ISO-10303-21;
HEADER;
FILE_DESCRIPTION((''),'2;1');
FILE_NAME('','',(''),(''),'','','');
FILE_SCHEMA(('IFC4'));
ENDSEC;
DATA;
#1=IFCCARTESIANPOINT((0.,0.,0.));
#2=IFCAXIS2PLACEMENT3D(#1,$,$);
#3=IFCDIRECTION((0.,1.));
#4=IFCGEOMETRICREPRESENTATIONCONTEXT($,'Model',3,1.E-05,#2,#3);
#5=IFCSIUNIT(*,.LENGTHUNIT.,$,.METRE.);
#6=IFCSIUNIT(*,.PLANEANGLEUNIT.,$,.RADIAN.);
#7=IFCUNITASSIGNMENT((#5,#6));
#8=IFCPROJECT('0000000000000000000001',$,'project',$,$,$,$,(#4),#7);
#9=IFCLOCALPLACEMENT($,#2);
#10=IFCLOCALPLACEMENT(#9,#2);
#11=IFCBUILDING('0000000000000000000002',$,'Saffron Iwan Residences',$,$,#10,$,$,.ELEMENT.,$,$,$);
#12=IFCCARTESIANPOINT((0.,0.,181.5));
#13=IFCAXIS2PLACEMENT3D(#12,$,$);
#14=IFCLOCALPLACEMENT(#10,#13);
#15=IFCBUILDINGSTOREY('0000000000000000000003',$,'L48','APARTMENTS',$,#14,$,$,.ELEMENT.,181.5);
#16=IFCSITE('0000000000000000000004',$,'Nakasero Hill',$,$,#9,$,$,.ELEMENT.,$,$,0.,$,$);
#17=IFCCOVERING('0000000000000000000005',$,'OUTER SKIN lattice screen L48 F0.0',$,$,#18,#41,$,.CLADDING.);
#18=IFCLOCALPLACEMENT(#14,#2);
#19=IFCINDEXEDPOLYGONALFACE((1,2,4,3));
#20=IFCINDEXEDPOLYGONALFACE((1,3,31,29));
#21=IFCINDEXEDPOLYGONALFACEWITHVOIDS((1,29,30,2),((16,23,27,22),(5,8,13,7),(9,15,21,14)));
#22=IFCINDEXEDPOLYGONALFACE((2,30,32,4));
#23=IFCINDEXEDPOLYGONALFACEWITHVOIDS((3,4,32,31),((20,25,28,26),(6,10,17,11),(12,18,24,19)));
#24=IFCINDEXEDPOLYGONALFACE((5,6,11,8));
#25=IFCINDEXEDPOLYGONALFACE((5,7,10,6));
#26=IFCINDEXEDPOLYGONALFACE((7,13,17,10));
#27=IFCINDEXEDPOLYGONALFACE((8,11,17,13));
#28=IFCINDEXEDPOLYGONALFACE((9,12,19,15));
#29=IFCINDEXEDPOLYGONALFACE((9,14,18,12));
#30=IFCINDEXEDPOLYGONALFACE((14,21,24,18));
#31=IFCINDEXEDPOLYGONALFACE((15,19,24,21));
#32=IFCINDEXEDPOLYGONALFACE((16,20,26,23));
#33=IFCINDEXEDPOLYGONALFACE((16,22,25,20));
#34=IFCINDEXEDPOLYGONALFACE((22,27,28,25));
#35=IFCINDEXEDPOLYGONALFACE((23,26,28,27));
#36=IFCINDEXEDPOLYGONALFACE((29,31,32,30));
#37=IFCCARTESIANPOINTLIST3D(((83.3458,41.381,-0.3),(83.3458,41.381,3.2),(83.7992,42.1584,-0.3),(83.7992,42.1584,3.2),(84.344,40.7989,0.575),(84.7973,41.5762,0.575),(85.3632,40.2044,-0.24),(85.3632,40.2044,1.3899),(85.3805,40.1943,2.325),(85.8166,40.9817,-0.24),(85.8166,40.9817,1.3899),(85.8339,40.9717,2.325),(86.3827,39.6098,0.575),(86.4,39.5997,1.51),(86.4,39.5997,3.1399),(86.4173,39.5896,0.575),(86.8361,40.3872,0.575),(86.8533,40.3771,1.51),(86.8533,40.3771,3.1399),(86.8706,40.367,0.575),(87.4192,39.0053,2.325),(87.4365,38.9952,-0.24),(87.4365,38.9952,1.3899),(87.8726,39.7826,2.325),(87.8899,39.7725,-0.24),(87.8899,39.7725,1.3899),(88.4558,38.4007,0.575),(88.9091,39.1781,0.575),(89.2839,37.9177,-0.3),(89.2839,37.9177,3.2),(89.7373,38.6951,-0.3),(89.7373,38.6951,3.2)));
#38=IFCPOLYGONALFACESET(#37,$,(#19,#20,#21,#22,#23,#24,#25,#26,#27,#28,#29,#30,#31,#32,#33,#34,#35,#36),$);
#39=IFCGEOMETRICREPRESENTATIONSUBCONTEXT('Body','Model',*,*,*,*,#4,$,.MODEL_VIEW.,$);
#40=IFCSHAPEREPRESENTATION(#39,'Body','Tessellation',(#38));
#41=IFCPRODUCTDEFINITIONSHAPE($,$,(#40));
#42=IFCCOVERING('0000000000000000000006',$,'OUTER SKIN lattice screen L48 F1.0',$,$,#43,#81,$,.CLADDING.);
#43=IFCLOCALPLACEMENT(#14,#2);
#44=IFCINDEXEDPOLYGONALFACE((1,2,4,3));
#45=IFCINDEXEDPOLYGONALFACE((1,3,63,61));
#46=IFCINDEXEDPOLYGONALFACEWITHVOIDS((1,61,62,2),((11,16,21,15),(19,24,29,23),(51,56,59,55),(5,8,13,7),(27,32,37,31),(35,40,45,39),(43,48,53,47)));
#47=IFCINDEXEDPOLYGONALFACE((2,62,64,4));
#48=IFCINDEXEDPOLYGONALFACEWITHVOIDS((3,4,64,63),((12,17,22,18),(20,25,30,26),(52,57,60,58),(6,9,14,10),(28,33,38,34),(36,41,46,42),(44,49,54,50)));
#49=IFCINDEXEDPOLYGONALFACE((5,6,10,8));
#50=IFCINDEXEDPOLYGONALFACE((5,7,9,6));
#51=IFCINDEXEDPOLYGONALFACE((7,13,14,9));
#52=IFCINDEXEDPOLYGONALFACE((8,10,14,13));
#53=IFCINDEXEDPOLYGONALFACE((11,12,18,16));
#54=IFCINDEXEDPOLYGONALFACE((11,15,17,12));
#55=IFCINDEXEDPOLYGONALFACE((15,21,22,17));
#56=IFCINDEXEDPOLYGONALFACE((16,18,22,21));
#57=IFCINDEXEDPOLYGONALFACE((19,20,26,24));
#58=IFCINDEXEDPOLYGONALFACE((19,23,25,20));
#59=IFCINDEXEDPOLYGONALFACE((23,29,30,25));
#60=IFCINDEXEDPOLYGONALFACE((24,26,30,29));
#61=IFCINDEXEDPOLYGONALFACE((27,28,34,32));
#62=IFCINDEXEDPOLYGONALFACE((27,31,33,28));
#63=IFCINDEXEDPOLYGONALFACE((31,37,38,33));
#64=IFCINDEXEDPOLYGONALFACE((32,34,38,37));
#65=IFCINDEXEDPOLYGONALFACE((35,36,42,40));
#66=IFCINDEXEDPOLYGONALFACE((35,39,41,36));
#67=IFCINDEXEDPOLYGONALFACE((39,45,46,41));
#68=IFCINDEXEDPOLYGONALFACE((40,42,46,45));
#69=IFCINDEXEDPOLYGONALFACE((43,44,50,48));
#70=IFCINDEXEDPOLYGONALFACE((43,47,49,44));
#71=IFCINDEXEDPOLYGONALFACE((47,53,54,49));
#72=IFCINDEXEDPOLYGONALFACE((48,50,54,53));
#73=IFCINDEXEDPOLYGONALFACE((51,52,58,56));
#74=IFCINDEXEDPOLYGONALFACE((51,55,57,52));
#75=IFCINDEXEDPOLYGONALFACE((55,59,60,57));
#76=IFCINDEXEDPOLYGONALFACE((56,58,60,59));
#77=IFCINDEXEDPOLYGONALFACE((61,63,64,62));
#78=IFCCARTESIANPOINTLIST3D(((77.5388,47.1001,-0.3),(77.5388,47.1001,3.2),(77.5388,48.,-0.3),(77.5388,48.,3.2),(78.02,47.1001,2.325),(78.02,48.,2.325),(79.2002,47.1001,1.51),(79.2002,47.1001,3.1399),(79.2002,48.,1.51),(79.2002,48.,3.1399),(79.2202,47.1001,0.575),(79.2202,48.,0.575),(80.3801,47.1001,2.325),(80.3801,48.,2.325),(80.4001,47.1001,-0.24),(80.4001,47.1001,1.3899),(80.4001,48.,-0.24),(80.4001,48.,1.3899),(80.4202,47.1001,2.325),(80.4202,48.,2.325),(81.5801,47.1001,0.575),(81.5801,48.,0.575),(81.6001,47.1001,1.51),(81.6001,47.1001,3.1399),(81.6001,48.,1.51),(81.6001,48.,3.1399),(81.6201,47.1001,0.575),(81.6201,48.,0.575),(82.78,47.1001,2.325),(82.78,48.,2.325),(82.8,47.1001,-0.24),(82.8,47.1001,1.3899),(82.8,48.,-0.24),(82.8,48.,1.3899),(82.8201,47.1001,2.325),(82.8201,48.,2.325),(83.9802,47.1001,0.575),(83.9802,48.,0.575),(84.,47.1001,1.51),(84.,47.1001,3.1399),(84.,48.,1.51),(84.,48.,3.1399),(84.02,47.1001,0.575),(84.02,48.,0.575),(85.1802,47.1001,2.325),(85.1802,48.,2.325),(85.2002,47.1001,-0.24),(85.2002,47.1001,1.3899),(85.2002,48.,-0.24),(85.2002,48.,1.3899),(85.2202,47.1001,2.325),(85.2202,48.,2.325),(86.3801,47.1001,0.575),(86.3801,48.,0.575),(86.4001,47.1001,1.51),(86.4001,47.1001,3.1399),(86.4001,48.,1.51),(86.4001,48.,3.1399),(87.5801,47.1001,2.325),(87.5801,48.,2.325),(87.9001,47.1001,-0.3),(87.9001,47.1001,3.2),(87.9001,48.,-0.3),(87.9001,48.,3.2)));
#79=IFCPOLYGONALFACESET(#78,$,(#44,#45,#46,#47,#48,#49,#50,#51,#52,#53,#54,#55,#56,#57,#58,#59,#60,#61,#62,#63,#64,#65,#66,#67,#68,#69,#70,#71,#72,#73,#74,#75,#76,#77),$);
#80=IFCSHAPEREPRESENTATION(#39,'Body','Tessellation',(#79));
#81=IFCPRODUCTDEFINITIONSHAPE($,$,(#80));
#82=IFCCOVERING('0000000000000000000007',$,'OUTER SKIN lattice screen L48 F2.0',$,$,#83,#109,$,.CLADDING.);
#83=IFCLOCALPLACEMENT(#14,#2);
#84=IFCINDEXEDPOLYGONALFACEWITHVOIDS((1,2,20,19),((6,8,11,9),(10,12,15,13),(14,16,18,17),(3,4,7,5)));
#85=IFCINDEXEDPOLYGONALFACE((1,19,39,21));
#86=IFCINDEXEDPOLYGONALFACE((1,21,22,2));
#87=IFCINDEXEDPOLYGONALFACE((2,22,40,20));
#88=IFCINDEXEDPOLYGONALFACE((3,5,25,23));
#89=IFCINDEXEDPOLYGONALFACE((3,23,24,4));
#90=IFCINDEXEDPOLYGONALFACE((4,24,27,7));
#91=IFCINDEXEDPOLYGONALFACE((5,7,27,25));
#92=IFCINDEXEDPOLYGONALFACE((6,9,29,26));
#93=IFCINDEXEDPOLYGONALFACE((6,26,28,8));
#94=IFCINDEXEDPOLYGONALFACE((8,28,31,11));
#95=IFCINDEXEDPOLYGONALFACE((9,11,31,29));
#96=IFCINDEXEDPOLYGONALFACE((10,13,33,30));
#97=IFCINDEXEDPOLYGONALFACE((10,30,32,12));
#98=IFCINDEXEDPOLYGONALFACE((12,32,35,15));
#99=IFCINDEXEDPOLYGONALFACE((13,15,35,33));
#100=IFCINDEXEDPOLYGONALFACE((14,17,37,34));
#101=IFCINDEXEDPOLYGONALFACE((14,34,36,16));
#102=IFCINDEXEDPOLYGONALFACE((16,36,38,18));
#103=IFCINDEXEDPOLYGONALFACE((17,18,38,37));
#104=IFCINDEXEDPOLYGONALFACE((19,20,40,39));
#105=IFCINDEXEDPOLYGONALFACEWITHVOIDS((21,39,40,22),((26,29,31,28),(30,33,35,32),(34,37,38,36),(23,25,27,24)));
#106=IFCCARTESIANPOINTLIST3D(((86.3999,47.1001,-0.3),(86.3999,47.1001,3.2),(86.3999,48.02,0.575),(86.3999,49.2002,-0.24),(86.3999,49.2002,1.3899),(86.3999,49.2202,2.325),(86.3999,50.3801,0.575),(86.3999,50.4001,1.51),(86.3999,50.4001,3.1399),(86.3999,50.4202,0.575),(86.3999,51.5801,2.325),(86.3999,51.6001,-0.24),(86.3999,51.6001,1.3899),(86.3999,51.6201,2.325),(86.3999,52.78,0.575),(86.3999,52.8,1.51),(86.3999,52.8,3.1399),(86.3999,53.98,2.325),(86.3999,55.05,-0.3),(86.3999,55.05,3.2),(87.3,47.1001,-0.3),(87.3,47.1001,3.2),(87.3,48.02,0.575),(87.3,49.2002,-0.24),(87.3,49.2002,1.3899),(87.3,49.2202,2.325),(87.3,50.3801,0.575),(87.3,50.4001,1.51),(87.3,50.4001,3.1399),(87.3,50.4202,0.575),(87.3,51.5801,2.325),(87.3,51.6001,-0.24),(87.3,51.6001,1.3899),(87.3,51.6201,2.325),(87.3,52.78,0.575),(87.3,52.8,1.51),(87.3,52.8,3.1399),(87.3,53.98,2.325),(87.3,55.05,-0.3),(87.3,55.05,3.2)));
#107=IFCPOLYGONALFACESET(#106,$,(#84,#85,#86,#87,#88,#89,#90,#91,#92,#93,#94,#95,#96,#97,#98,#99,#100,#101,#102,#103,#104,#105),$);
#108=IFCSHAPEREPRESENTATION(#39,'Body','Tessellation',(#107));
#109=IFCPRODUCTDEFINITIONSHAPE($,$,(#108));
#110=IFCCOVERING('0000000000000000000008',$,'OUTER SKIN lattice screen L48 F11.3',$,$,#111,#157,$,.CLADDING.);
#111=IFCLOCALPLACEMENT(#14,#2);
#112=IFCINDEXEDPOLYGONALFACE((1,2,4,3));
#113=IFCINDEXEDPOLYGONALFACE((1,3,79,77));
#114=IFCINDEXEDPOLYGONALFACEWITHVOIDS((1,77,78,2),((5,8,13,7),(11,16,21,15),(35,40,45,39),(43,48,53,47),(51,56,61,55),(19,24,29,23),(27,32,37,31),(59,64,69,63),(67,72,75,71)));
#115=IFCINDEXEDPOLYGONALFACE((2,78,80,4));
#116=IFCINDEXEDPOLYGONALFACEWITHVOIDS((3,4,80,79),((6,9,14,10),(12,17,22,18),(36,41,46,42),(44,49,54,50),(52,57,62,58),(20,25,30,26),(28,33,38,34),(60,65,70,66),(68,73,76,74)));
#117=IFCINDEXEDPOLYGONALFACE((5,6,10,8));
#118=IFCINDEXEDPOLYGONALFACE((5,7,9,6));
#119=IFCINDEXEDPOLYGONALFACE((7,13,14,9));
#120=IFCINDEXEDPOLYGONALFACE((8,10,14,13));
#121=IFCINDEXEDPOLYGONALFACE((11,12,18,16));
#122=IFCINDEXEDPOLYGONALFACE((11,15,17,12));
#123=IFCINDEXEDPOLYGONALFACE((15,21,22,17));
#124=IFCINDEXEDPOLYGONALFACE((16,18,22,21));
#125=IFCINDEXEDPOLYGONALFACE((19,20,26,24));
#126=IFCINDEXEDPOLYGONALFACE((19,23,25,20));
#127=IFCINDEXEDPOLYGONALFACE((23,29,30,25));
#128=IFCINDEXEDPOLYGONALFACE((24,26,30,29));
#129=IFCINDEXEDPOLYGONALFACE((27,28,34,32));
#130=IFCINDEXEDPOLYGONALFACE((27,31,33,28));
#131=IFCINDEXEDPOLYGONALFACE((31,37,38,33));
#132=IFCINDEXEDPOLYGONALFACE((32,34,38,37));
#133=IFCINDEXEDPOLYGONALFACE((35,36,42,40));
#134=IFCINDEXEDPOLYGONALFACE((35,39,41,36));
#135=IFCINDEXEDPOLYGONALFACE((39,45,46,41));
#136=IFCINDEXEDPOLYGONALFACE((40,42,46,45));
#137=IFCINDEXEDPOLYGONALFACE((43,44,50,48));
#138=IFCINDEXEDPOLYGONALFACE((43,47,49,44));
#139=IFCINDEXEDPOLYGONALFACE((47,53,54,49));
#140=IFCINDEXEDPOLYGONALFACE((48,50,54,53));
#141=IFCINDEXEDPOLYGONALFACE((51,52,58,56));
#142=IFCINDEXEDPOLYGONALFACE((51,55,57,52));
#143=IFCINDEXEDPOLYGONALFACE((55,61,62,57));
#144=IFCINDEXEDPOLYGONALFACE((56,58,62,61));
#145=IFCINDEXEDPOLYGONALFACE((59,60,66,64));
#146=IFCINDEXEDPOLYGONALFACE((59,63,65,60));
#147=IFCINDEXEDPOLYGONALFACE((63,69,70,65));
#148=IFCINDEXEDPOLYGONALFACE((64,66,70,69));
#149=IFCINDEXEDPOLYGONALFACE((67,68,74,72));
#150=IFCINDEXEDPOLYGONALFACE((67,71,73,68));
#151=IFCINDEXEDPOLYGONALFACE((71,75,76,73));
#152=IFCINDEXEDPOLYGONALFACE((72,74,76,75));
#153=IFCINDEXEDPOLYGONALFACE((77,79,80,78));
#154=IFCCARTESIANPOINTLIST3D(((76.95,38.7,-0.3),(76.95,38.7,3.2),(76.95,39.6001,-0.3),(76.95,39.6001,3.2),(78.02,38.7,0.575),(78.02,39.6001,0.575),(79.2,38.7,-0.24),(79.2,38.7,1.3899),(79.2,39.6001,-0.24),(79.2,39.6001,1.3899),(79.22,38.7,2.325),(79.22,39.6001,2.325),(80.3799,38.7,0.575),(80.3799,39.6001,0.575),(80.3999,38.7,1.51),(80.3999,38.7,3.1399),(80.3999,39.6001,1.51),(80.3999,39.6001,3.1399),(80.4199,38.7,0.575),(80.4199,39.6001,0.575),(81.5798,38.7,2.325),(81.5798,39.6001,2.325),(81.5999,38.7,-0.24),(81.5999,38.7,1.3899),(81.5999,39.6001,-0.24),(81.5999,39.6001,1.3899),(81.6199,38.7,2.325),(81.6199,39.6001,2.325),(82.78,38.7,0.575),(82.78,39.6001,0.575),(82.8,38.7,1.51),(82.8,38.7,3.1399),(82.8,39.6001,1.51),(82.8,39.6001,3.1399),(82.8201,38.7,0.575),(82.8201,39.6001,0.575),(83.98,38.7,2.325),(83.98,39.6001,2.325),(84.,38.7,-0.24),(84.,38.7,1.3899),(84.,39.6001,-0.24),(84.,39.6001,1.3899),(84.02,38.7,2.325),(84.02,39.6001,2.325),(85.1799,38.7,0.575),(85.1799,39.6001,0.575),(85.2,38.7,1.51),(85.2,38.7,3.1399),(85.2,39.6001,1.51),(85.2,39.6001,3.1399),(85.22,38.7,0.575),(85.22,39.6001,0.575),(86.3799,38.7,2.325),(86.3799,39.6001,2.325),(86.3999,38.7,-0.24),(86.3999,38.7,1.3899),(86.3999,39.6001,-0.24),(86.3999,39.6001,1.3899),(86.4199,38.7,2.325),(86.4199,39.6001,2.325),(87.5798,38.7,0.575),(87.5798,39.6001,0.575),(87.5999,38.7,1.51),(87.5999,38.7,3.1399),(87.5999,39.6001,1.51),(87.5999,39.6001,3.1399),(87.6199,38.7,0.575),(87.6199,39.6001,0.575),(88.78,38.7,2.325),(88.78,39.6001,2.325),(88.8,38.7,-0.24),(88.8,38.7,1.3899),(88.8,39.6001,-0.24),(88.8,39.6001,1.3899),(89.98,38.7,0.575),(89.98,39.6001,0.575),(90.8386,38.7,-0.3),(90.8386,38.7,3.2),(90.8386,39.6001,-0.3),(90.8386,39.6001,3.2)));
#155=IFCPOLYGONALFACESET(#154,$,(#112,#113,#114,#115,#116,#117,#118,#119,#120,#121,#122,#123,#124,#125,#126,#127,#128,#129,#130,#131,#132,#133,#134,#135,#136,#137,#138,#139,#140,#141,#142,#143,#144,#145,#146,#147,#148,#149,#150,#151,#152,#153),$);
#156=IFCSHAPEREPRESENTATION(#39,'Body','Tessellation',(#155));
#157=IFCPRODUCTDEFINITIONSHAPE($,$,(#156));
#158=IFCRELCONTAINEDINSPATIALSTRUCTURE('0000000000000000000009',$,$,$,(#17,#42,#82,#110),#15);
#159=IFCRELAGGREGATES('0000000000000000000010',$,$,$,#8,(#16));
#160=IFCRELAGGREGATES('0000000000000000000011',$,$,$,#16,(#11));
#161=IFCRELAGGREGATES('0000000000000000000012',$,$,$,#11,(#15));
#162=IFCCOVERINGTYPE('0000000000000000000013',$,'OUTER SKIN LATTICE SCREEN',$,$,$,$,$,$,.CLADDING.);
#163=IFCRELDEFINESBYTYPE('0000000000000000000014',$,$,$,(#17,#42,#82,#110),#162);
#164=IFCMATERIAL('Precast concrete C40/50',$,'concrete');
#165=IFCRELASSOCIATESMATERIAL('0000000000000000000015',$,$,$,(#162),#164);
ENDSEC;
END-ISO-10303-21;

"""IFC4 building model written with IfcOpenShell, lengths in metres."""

from ifc_helpers import new_model, si_unit, direction, frame, origin, place, context, subcontext, project, spatial, polyline, outline, extrude, material, type_object, element, save


model = new_model("IFC4")

# Units and contexts
model_context = context("Model", 3, precision=1e-05, world=origin(), true_north=direction((0.0, 1.0)))
body_context = subcontext(model_context, "Body", "Model", "MODEL_VIEW")
ifc_project = project(units=[si_unit("LENGTHUNIT", "METRE"), si_unit("PLANEANGLEUNIT", "RADIAN")], contexts=[model_context])

# Site, building, storey
site_placement = place(None, origin())
site = spatial("IfcSite", under=ifc_project, at=site_placement, Name="Nakasero Hill", CompositionType="ELEMENT", RefElevation=0.0)
building_placement = place(site_placement, origin())
building = spatial("IfcBuilding", under=site, at=building_placement, Name="Saffron Iwan Residences", CompositionType="ELEMENT")
storey_placement = place(building_placement, frame((0.0, 0.0, 181.5)))
storey = spatial("IfcBuildingStorey", under=building, at=storey_placement, Name="L48", Description="APARTMENTS", CompositionType="ELEMENT", Elevation=181.5)

# Coverings
ifc_material_1 = material(Name="Precast concrete C40/50", Category="concrete")
covering_type = type_object("IfcCoveringType", Name="OUTER SKIN LATTICE SCREEN", PredefinedType="CLADDING", material=ifc_material_1)
covering_1_placement = place(storey_placement, frame((89.2839, 37.9177, -0.3), z_axis=(0.503804, 0.863818, 0.0), x_axis=(-0.863818, 0.503804, 0.0)))
element("IfcCovering", 1, at=covering_1_placement, inside=storey, type_object=covering_type, Name="OUTER SKIN lattice screen L48 F0.0", PredefinedType="CLADDING", context=body_context, shape_type="SweptSolid", body=[
    extrude(outline(polyline([(0.0, 0.0), (6.8743, 0.0), (6.8743, 3.5), (0.0, 3.5), (0.0, 0.0)]), holes=[polyline([(0.9587, 0.875), (2.1387, 0.0601), (3.3186, 0.875), (2.1387, 1.6899), (0.9587, 0.875)]), polyline([(3.3586, 0.875), (4.5388, 0.0601), (5.7188, 0.875), (4.5388, 1.6899), (3.3586, 0.875)]), polyline([(2.1587, 2.625), (3.3386, 1.8101), (4.5188, 2.625), (3.3386, 3.4399), (2.1587, 2.625)])]), origin(), (0.0, 0.0, 1.0), 0.8999),
])
covering_2_placement = place(storey_placement, frame((77.5388, 48.0, -0.3), z_axis=(0.0, -1.0, 0.0), x_axis=(1.0, 0.0, 0.0)))
element("IfcCovering", 2, at=covering_2_placement, inside=storey, type_object=covering_type, Name="OUTER SKIN lattice screen L48 F1.0", PredefinedType="CLADDING", context=body_context, shape_type="SweptSolid", body=[
    extrude(outline(polyline([(0.0, 0.0), (10.3613, 0.0), (10.3613, 3.5), (0.0, 3.5), (0.0, 0.0)]), holes=[polyline([(1.6814, 0.875), (2.8613, 0.0601), (4.0413, 0.875), (2.8613, 1.6899), (1.6814, 0.875)]), polyline([(4.0813, 0.875), (5.2612, 0.0601), (6.4414, 0.875), (5.2612, 1.6899), (4.0813, 0.875)]), polyline([(6.4812, 0.875), (7.6614, 0.0601), (8.8413, 0.875), (7.6614, 1.6899), (6.4812, 0.875)]), polyline([(0.4812, 2.625), (1.6614, 1.8101), (2.8413, 2.625), (1.6614, 3.4399), (0.4812, 2.625)]), polyline([(2.8813, 2.625), (4.0613, 1.8101), (5.2412, 2.625), (4.0613, 3.4399), (2.8813, 2.625)]), polyline([(5.2812, 2.625), (6.4612, 1.8101), (7.6414, 2.625), (6.4612, 3.4399), (5.2812, 2.625)]), polyline([(7.6814, 2.625), (8.8613, 1.8101), (10.0413, 2.625), (8.8613, 3.4399), (7.6814, 2.625)])]), origin(), (0.0, 0.0, 1.0), 0.8999),
])
covering_3_placement = place(storey_placement, frame((86.3999, 47.1001, -0.3), z_axis=(1.0, 0.0, 0.0), x_axis=(0.0, 1.0, 0.0)))
element("IfcCovering", 3, at=covering_3_placement, inside=storey, type_object=covering_type, Name="OUTER SKIN lattice screen L48 F2.0", PredefinedType="CLADDING", context=body_context, shape_type="SweptSolid", body=[
    extrude(outline(polyline([(0.0, 0.0), (7.95, 0.0), (7.95, 3.5), (0.0, 3.5), (0.0, 0.0)]), holes=[polyline([(0.9199, 0.875), (2.1001, 0.0601), (3.28, 0.875), (2.1001, 1.6899), (0.9199, 0.875)]), polyline([(3.3201, 0.875), (4.5, 0.0601), (5.6799, 0.875), (4.5, 1.6899), (3.3201, 0.875)]), polyline([(2.1201, 2.625), (3.3, 1.8101), (4.48, 2.625), (3.3, 3.4399), (2.1201, 2.625)]), polyline([(4.52, 2.625), (5.7, 1.8101), (6.8799, 2.625), (5.7, 3.4399), (4.52, 2.625)])]), origin(), (0.0, 0.0, 1.0), 0.9001),
])
covering_4_placement = place(storey_placement, frame((76.95, 39.6001, -0.3), z_axis=(0.0, -1.0, 0.0), x_axis=(1.0, 0.0, 0.0)))
element("IfcCovering", 4, at=covering_4_placement, inside=storey, type_object=covering_type, Name="OUTER SKIN lattice screen L48 F11.3", PredefinedType="CLADDING", context=body_context, shape_type="SweptSolid", body=[
    extrude(outline(polyline([(0.0, 0.0), (13.8887, 0.0), (13.8887, 3.5), (0.0, 3.5), (0.0, 0.0)]), holes=[polyline([(1.0701, 0.875), (2.25, 0.0601), (3.4299, 0.875), (2.25, 1.6899), (1.0701, 0.875)]), polyline([(3.47, 0.875), (4.6499, 0.0601), (5.8301, 0.875), (4.6499, 1.6899), (3.47, 0.875)]), polyline([(5.8701, 0.875), (7.05, 0.0601), (8.23, 0.875), (7.05, 1.6899), (5.8701, 0.875)]), polyline([(8.27, 0.875), (9.45, 0.0601), (10.6299, 0.875), (9.45, 1.6899), (8.27, 0.875)]), polyline([(10.6699, 0.875), (11.8501, 0.0601), (13.03, 0.875), (11.8501, 1.6899), (10.6699, 0.875)]), polyline([(2.27, 2.625), (3.45, 1.8101), (4.6299, 2.625), (3.45, 3.4399), (2.27, 2.625)]), polyline([(4.6699, 2.625), (5.8501, 1.8101), (7.03, 2.625), (5.8501, 3.4399), (4.6699, 2.625)]), polyline([(7.0701, 2.625), (8.25, 1.8101), (9.4299, 2.625), (8.25, 3.4399), (7.0701, 2.625)]), polyline([(9.47, 2.625), (10.6499, 1.8101), (11.8301, 2.625), (10.6499, 3.4399), (9.47, 2.625)])]), origin(), (0.0, 0.0, 1.0), 0.9001),
])

save(model, "model.ifc")
